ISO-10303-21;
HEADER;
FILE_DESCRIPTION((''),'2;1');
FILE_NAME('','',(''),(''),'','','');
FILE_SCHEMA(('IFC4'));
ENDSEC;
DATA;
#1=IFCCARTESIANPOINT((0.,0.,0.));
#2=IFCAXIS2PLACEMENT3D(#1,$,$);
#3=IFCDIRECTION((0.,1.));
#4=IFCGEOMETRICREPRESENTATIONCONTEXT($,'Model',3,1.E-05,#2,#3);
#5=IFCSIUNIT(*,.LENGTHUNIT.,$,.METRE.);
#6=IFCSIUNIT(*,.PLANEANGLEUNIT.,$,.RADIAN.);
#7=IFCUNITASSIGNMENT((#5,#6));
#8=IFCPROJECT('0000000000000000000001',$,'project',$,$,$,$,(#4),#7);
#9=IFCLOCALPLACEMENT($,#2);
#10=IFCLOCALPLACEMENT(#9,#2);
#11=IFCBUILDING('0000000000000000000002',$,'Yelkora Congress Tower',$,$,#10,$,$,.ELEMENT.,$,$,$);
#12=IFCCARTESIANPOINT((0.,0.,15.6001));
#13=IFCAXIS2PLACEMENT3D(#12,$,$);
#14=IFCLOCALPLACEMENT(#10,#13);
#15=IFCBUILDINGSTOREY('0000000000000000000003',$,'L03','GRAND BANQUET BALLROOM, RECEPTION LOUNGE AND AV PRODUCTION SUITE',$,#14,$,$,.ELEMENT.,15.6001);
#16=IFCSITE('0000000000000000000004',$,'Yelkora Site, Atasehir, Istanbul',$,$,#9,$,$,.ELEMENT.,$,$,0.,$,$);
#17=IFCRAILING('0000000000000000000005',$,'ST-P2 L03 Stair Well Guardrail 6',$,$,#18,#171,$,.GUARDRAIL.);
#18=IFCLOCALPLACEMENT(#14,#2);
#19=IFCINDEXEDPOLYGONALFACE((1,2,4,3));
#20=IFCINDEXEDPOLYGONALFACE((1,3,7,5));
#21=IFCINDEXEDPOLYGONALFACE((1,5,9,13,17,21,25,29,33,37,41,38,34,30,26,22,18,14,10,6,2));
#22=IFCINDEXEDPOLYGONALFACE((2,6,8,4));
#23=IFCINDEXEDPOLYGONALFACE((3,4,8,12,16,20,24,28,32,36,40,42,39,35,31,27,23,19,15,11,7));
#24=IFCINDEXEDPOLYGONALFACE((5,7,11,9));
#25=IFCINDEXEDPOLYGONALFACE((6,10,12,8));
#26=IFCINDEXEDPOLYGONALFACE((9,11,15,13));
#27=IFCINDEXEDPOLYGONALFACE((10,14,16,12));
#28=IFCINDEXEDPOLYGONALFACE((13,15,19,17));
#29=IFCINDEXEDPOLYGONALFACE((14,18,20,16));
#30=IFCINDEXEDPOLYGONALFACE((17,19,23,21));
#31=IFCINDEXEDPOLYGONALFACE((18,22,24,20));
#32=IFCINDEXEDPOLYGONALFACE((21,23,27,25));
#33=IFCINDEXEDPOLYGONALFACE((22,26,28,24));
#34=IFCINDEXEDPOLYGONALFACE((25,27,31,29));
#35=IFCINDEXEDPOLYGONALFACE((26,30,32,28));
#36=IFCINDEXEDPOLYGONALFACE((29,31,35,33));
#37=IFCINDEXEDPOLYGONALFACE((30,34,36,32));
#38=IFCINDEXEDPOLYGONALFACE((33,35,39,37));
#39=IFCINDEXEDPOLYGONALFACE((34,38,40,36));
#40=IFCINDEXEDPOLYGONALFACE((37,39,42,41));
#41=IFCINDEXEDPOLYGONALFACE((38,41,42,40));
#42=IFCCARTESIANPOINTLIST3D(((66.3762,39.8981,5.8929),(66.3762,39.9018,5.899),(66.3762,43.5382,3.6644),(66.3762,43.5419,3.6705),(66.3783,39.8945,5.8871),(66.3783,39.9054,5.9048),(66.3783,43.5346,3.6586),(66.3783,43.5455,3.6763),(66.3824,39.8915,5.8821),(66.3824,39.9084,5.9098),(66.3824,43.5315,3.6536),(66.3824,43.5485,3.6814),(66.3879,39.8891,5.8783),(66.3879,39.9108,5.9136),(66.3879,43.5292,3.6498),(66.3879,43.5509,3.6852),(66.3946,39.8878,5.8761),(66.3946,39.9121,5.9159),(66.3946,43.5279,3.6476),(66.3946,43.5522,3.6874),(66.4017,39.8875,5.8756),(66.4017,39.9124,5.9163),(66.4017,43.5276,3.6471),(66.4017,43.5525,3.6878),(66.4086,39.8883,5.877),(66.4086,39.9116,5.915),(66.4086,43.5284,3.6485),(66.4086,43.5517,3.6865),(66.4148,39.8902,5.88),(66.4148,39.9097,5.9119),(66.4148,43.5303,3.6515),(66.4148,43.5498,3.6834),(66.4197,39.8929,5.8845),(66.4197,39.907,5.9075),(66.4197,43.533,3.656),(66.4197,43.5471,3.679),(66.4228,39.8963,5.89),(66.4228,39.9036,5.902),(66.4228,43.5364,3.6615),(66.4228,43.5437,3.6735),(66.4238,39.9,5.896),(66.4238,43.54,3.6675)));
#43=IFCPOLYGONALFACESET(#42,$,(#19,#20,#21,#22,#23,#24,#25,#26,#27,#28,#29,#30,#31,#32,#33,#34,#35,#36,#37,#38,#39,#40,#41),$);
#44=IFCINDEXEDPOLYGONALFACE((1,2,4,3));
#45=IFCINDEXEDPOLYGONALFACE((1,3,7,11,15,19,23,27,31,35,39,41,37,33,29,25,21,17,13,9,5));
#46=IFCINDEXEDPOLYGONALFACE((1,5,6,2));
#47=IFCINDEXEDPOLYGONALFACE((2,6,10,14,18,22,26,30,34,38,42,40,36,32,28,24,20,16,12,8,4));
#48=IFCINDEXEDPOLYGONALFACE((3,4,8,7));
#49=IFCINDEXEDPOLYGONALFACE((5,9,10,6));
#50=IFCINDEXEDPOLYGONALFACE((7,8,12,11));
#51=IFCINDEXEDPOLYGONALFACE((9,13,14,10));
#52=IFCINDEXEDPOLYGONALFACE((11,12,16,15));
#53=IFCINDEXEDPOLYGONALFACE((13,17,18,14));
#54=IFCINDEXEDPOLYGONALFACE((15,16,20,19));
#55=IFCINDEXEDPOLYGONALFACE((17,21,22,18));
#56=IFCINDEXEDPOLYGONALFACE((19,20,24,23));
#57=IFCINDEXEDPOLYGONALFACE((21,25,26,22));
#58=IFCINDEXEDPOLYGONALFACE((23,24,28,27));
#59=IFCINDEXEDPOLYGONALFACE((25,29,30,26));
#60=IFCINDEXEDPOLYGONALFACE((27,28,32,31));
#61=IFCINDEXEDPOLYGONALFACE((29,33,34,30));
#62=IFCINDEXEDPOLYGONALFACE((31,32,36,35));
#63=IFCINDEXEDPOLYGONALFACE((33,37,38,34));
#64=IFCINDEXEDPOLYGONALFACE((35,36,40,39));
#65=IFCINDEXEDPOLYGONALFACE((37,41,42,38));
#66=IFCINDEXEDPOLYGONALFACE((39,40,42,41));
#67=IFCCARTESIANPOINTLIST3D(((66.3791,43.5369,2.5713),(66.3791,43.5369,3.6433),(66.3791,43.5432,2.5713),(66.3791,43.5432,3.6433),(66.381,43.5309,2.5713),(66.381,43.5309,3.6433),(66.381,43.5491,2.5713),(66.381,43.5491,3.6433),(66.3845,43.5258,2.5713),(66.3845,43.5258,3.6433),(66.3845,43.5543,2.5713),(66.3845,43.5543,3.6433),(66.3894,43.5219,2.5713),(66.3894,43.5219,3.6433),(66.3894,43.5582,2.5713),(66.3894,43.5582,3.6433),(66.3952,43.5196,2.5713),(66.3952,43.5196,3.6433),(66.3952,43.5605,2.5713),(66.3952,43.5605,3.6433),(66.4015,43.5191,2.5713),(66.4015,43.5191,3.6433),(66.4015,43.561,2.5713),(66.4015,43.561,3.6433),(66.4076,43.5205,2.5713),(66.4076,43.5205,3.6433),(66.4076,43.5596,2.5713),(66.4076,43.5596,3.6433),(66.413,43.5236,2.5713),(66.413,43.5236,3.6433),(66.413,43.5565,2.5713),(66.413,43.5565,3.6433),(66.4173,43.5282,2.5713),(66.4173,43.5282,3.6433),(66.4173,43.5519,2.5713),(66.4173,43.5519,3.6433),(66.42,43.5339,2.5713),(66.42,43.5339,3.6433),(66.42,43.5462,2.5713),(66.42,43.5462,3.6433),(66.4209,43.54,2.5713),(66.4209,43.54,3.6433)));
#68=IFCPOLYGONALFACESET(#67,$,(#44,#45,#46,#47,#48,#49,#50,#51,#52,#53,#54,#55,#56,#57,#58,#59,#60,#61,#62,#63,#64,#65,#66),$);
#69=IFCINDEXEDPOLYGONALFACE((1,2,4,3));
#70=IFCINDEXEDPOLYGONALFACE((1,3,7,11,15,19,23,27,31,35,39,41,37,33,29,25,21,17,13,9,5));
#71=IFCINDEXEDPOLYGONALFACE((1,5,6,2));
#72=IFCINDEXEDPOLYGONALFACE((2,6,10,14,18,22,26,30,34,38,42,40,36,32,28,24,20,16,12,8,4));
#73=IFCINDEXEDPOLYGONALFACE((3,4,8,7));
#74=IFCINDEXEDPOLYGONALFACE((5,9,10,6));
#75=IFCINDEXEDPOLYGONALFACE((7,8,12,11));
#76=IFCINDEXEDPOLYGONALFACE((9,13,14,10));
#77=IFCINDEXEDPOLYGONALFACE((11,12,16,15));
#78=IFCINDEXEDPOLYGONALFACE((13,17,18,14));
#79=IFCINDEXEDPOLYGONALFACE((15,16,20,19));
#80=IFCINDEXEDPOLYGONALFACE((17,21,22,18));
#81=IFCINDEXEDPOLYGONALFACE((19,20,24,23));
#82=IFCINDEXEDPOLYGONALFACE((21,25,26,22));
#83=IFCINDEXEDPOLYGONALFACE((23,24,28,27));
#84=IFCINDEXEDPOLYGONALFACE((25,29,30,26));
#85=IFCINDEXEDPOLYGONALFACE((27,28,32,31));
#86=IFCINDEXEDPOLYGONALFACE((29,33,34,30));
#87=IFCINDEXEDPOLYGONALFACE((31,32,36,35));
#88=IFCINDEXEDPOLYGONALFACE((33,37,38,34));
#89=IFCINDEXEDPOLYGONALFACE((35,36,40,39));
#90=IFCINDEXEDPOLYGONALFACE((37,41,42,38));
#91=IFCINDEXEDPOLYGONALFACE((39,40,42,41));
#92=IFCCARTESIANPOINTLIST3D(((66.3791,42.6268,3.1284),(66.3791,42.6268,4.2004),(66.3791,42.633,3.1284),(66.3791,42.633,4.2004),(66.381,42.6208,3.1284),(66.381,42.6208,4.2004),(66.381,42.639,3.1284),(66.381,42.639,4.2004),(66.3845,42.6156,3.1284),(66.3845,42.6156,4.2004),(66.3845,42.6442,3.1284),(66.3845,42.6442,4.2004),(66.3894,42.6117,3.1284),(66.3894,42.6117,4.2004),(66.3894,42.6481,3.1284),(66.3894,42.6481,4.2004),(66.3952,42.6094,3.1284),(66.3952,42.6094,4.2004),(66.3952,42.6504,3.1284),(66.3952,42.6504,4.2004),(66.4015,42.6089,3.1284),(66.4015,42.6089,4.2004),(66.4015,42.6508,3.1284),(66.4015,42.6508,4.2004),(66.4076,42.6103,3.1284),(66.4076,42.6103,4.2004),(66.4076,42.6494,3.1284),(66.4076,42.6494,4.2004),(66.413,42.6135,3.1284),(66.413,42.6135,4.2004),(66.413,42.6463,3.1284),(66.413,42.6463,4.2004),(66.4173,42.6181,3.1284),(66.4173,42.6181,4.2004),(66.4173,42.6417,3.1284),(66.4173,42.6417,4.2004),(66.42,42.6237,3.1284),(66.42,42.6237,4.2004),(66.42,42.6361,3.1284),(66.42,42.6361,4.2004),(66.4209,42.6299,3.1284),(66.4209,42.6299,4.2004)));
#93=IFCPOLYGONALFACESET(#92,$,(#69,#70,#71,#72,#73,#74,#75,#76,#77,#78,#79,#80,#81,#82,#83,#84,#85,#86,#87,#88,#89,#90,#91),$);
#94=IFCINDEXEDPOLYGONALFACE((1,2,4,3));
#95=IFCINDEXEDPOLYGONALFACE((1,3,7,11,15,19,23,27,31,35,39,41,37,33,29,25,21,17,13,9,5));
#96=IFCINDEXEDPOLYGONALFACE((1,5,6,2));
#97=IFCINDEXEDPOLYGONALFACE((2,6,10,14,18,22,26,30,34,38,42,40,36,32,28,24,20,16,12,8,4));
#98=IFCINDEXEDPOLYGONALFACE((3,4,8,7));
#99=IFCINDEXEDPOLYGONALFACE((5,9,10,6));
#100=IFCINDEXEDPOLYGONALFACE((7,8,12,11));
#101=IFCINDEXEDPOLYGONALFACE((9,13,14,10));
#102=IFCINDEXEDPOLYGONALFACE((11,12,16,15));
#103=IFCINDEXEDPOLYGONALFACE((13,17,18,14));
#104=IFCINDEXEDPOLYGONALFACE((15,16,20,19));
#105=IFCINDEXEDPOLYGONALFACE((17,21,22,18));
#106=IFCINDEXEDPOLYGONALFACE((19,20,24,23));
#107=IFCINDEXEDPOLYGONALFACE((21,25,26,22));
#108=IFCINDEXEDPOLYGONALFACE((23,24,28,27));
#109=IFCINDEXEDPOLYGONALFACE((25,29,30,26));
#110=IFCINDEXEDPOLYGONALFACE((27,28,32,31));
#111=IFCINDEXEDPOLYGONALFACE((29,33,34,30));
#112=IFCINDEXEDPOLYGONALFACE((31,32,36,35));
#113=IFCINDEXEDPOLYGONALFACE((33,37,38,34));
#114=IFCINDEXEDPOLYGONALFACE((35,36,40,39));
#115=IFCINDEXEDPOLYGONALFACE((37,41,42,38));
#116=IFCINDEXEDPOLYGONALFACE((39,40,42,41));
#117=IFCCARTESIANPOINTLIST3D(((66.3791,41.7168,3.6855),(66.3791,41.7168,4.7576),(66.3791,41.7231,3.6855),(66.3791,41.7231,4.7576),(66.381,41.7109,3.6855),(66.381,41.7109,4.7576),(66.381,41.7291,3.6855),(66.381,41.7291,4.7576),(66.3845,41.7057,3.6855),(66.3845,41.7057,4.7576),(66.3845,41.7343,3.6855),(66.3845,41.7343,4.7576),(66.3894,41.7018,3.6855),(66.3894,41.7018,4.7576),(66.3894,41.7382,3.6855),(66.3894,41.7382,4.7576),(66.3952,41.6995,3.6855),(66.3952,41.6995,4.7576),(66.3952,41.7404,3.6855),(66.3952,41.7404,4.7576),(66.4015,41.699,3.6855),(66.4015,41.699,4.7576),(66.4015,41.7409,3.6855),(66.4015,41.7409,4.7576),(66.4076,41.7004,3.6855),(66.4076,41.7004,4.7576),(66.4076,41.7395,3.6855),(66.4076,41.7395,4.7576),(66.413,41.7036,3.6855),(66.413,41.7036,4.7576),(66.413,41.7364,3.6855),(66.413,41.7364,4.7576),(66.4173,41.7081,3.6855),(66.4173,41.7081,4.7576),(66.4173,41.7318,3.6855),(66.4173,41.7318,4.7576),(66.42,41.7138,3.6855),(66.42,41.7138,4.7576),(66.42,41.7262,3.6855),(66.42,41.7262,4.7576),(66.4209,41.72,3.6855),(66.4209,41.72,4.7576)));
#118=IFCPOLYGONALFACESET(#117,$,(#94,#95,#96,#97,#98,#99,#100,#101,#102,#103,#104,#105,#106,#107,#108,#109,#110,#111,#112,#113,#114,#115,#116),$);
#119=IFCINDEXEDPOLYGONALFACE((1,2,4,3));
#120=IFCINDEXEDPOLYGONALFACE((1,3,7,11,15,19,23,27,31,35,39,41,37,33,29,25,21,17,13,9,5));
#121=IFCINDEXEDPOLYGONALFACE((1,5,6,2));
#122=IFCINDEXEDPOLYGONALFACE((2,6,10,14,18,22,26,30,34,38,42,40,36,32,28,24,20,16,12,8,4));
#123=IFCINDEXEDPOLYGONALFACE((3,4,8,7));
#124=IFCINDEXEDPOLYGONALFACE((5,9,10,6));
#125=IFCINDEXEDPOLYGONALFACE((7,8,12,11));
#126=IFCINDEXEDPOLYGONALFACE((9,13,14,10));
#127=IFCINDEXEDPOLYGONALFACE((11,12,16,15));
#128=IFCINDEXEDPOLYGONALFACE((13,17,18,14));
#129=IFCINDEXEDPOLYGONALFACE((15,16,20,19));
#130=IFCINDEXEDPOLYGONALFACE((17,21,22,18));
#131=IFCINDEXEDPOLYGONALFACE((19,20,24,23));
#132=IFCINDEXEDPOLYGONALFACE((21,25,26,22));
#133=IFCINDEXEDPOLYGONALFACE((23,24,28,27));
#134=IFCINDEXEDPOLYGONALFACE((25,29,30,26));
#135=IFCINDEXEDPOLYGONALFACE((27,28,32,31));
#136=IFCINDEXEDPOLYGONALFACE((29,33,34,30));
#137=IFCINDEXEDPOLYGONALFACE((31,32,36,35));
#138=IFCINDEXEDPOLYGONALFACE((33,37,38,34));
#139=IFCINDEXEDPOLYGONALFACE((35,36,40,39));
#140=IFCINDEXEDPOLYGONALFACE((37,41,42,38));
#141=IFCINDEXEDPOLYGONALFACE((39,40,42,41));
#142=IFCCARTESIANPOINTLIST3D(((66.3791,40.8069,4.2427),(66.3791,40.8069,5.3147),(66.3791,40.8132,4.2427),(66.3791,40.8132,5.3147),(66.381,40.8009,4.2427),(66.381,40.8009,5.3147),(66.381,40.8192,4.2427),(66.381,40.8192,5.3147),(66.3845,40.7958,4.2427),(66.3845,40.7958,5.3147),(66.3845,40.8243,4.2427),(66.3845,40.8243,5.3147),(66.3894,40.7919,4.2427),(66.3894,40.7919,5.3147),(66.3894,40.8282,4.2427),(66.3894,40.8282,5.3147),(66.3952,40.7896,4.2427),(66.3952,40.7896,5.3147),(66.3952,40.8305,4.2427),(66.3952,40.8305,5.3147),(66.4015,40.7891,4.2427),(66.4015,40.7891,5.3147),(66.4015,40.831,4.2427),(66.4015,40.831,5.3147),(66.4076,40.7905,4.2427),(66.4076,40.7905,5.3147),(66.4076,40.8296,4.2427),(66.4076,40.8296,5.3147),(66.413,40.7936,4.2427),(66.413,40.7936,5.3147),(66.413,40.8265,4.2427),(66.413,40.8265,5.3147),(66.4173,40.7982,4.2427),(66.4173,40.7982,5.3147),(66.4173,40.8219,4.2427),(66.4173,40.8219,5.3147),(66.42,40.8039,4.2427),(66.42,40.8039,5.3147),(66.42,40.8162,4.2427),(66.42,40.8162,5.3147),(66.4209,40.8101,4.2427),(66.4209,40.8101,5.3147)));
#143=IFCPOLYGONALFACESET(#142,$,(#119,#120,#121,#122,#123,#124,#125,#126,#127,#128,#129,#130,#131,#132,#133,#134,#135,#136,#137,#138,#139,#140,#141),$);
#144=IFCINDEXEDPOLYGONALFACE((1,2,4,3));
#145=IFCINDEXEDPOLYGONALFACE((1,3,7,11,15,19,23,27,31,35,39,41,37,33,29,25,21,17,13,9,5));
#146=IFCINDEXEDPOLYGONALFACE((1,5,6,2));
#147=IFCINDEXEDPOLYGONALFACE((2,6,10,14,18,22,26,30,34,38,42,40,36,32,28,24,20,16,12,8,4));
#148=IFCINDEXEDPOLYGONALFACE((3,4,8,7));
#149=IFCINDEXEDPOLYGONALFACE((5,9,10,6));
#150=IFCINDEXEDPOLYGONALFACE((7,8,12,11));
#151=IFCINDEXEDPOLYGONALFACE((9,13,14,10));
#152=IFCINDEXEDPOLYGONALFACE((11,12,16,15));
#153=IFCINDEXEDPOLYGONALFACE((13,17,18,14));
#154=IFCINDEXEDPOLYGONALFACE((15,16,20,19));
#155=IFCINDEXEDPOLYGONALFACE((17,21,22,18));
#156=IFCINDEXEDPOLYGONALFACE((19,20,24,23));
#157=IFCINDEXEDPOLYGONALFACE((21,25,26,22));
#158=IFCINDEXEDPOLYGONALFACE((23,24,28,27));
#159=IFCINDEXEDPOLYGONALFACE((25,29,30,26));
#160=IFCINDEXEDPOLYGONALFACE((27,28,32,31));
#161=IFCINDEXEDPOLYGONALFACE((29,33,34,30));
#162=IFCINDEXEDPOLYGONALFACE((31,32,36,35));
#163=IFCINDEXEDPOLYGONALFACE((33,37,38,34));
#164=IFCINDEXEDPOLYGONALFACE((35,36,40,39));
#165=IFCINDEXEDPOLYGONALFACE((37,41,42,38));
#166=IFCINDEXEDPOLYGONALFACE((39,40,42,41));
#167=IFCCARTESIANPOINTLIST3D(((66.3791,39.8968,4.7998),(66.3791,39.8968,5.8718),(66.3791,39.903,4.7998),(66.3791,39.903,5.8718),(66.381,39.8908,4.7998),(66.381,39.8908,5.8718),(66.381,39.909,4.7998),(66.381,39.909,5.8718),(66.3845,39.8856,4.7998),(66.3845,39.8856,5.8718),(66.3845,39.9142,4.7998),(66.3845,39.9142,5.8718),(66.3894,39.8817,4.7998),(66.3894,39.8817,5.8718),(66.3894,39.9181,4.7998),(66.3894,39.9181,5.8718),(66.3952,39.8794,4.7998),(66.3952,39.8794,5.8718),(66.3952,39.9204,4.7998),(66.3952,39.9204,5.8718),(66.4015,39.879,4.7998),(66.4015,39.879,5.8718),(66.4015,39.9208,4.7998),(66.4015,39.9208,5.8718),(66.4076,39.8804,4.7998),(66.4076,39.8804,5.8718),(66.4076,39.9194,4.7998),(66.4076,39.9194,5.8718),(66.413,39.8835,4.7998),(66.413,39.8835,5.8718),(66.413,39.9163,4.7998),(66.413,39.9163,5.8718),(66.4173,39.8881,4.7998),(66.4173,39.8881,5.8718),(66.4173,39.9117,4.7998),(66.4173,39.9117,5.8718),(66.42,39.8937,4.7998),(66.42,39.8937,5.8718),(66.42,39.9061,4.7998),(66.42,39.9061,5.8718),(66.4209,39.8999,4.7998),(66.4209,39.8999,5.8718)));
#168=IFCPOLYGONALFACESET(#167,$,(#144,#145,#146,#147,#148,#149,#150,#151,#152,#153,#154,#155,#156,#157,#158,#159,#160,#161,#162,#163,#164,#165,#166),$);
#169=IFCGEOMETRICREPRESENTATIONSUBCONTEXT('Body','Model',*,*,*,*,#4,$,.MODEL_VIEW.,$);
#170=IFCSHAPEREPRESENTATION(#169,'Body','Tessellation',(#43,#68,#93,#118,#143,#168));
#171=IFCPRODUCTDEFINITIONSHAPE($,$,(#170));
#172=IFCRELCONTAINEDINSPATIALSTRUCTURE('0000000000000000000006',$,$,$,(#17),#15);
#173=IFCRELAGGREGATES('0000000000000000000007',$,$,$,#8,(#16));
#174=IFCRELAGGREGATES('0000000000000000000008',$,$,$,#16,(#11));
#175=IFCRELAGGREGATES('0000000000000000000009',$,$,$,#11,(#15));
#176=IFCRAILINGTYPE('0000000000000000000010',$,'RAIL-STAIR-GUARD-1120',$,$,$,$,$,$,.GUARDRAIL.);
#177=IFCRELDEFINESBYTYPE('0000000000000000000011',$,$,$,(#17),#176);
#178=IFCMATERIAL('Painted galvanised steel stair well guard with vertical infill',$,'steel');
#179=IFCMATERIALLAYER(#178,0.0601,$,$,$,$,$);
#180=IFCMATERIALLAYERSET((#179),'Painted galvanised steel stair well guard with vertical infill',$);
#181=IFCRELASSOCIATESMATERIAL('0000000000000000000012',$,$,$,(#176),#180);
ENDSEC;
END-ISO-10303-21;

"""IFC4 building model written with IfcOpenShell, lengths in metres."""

from ifc_helpers import new_model, si_unit, direction, frame, origin, origin_2d, place, context, subcontext, project, spatial, circle, extrude, material, layer, layer_set, type_object, element, save


model = new_model("IFC4")

# Units and contexts
model_context = context("Model", 3, precision=1e-05, world=origin(), true_north=direction((0.0, 1.0)))
body_context = subcontext(model_context, "Body", "Model", "MODEL_VIEW")
ifc_project = project(units=[si_unit("LENGTHUNIT", "METRE"), si_unit("PLANEANGLEUNIT", "RADIAN")], contexts=[model_context])

# Site, building, storey
site_placement = place(None, origin())
site = spatial("IfcSite", under=ifc_project, at=site_placement, Name="Yelkora Site, Atasehir, Istanbul", CompositionType="ELEMENT", RefElevation=0.0)
building_placement = place(site_placement, origin())
building = spatial("IfcBuilding", under=site, at=building_placement, Name="Yelkora Congress Tower", CompositionType="ELEMENT")
storey_placement = place(building_placement, frame((0.0, 0.0, 15.6001)))
storey = spatial("IfcBuildingStorey", under=building, at=storey_placement, Name="L03", Description="GRAND BANQUET BALLROOM, RECEPTION LOUNGE AND AV PRODUCTION SUITE", CompositionType="ELEMENT", Elevation=15.6001)

# Railing
ifc_material_1 = material(Name="Painted galvanised steel stair well guard with vertical infill", Category="steel")
ifc_layer_1 = layer(ifc_material_1, 0.0601)
ifc_layer_set_1 = layer_set([ifc_layer_1], Name="Painted galvanised steel stair well guard with vertical infill")
railing_type_1 = type_object("IfcRailingType", Name="RAIL-STAIR-GUARD-1120", PredefinedType="GUARDRAIL", material=ifc_layer_set_1)
railing_1_placement = place(storey_placement, frame((66.3999, 43.54, 2.5713)))
element("IfcRailing", 1, at=railing_1_placement, inside=storey, type_object=railing_type_1, Name="ST-P2 L03 Stair Well Guardrail 6", PredefinedType="GUARDRAIL", context=body_context, shape_type="SweptSolid", body=[
    extrude(circle(Radius=0.0239, at=origin_2d()), frame((0.0, 0.0, 1.0962), z_axis=(0.0, -0.852866, 0.52213), x_axis=(1.0, 0.0, 0.0)), (0.0, 0.0, 1.0), 4.2681),
    extrude(circle(Radius=0.021, at=origin_2d()), origin(), (0.0, 0.0, 1.0), 1.072),
    extrude(circle(Radius=0.021, at=origin_2d()), frame((0.0, -0.9102, 0.5571)), (0.0, 0.0, 1.0), 1.072),
    extrude(circle(Radius=0.021, at=origin_2d()), frame((0.0, -1.8201, 1.1143)), (0.0, 0.0, 1.0), 1.072),
    extrude(circle(Radius=0.021, at=origin_2d()), frame((0.0, -2.73, 1.6714)), (0.0, 0.0, 1.0), 1.072),
    extrude(circle(Radius=0.021, at=origin_2d()), frame((0.0, -3.6401, 2.2285)), (0.0, 0.0, 1.0), 1.072),
])

save(model, "model.ifc")
